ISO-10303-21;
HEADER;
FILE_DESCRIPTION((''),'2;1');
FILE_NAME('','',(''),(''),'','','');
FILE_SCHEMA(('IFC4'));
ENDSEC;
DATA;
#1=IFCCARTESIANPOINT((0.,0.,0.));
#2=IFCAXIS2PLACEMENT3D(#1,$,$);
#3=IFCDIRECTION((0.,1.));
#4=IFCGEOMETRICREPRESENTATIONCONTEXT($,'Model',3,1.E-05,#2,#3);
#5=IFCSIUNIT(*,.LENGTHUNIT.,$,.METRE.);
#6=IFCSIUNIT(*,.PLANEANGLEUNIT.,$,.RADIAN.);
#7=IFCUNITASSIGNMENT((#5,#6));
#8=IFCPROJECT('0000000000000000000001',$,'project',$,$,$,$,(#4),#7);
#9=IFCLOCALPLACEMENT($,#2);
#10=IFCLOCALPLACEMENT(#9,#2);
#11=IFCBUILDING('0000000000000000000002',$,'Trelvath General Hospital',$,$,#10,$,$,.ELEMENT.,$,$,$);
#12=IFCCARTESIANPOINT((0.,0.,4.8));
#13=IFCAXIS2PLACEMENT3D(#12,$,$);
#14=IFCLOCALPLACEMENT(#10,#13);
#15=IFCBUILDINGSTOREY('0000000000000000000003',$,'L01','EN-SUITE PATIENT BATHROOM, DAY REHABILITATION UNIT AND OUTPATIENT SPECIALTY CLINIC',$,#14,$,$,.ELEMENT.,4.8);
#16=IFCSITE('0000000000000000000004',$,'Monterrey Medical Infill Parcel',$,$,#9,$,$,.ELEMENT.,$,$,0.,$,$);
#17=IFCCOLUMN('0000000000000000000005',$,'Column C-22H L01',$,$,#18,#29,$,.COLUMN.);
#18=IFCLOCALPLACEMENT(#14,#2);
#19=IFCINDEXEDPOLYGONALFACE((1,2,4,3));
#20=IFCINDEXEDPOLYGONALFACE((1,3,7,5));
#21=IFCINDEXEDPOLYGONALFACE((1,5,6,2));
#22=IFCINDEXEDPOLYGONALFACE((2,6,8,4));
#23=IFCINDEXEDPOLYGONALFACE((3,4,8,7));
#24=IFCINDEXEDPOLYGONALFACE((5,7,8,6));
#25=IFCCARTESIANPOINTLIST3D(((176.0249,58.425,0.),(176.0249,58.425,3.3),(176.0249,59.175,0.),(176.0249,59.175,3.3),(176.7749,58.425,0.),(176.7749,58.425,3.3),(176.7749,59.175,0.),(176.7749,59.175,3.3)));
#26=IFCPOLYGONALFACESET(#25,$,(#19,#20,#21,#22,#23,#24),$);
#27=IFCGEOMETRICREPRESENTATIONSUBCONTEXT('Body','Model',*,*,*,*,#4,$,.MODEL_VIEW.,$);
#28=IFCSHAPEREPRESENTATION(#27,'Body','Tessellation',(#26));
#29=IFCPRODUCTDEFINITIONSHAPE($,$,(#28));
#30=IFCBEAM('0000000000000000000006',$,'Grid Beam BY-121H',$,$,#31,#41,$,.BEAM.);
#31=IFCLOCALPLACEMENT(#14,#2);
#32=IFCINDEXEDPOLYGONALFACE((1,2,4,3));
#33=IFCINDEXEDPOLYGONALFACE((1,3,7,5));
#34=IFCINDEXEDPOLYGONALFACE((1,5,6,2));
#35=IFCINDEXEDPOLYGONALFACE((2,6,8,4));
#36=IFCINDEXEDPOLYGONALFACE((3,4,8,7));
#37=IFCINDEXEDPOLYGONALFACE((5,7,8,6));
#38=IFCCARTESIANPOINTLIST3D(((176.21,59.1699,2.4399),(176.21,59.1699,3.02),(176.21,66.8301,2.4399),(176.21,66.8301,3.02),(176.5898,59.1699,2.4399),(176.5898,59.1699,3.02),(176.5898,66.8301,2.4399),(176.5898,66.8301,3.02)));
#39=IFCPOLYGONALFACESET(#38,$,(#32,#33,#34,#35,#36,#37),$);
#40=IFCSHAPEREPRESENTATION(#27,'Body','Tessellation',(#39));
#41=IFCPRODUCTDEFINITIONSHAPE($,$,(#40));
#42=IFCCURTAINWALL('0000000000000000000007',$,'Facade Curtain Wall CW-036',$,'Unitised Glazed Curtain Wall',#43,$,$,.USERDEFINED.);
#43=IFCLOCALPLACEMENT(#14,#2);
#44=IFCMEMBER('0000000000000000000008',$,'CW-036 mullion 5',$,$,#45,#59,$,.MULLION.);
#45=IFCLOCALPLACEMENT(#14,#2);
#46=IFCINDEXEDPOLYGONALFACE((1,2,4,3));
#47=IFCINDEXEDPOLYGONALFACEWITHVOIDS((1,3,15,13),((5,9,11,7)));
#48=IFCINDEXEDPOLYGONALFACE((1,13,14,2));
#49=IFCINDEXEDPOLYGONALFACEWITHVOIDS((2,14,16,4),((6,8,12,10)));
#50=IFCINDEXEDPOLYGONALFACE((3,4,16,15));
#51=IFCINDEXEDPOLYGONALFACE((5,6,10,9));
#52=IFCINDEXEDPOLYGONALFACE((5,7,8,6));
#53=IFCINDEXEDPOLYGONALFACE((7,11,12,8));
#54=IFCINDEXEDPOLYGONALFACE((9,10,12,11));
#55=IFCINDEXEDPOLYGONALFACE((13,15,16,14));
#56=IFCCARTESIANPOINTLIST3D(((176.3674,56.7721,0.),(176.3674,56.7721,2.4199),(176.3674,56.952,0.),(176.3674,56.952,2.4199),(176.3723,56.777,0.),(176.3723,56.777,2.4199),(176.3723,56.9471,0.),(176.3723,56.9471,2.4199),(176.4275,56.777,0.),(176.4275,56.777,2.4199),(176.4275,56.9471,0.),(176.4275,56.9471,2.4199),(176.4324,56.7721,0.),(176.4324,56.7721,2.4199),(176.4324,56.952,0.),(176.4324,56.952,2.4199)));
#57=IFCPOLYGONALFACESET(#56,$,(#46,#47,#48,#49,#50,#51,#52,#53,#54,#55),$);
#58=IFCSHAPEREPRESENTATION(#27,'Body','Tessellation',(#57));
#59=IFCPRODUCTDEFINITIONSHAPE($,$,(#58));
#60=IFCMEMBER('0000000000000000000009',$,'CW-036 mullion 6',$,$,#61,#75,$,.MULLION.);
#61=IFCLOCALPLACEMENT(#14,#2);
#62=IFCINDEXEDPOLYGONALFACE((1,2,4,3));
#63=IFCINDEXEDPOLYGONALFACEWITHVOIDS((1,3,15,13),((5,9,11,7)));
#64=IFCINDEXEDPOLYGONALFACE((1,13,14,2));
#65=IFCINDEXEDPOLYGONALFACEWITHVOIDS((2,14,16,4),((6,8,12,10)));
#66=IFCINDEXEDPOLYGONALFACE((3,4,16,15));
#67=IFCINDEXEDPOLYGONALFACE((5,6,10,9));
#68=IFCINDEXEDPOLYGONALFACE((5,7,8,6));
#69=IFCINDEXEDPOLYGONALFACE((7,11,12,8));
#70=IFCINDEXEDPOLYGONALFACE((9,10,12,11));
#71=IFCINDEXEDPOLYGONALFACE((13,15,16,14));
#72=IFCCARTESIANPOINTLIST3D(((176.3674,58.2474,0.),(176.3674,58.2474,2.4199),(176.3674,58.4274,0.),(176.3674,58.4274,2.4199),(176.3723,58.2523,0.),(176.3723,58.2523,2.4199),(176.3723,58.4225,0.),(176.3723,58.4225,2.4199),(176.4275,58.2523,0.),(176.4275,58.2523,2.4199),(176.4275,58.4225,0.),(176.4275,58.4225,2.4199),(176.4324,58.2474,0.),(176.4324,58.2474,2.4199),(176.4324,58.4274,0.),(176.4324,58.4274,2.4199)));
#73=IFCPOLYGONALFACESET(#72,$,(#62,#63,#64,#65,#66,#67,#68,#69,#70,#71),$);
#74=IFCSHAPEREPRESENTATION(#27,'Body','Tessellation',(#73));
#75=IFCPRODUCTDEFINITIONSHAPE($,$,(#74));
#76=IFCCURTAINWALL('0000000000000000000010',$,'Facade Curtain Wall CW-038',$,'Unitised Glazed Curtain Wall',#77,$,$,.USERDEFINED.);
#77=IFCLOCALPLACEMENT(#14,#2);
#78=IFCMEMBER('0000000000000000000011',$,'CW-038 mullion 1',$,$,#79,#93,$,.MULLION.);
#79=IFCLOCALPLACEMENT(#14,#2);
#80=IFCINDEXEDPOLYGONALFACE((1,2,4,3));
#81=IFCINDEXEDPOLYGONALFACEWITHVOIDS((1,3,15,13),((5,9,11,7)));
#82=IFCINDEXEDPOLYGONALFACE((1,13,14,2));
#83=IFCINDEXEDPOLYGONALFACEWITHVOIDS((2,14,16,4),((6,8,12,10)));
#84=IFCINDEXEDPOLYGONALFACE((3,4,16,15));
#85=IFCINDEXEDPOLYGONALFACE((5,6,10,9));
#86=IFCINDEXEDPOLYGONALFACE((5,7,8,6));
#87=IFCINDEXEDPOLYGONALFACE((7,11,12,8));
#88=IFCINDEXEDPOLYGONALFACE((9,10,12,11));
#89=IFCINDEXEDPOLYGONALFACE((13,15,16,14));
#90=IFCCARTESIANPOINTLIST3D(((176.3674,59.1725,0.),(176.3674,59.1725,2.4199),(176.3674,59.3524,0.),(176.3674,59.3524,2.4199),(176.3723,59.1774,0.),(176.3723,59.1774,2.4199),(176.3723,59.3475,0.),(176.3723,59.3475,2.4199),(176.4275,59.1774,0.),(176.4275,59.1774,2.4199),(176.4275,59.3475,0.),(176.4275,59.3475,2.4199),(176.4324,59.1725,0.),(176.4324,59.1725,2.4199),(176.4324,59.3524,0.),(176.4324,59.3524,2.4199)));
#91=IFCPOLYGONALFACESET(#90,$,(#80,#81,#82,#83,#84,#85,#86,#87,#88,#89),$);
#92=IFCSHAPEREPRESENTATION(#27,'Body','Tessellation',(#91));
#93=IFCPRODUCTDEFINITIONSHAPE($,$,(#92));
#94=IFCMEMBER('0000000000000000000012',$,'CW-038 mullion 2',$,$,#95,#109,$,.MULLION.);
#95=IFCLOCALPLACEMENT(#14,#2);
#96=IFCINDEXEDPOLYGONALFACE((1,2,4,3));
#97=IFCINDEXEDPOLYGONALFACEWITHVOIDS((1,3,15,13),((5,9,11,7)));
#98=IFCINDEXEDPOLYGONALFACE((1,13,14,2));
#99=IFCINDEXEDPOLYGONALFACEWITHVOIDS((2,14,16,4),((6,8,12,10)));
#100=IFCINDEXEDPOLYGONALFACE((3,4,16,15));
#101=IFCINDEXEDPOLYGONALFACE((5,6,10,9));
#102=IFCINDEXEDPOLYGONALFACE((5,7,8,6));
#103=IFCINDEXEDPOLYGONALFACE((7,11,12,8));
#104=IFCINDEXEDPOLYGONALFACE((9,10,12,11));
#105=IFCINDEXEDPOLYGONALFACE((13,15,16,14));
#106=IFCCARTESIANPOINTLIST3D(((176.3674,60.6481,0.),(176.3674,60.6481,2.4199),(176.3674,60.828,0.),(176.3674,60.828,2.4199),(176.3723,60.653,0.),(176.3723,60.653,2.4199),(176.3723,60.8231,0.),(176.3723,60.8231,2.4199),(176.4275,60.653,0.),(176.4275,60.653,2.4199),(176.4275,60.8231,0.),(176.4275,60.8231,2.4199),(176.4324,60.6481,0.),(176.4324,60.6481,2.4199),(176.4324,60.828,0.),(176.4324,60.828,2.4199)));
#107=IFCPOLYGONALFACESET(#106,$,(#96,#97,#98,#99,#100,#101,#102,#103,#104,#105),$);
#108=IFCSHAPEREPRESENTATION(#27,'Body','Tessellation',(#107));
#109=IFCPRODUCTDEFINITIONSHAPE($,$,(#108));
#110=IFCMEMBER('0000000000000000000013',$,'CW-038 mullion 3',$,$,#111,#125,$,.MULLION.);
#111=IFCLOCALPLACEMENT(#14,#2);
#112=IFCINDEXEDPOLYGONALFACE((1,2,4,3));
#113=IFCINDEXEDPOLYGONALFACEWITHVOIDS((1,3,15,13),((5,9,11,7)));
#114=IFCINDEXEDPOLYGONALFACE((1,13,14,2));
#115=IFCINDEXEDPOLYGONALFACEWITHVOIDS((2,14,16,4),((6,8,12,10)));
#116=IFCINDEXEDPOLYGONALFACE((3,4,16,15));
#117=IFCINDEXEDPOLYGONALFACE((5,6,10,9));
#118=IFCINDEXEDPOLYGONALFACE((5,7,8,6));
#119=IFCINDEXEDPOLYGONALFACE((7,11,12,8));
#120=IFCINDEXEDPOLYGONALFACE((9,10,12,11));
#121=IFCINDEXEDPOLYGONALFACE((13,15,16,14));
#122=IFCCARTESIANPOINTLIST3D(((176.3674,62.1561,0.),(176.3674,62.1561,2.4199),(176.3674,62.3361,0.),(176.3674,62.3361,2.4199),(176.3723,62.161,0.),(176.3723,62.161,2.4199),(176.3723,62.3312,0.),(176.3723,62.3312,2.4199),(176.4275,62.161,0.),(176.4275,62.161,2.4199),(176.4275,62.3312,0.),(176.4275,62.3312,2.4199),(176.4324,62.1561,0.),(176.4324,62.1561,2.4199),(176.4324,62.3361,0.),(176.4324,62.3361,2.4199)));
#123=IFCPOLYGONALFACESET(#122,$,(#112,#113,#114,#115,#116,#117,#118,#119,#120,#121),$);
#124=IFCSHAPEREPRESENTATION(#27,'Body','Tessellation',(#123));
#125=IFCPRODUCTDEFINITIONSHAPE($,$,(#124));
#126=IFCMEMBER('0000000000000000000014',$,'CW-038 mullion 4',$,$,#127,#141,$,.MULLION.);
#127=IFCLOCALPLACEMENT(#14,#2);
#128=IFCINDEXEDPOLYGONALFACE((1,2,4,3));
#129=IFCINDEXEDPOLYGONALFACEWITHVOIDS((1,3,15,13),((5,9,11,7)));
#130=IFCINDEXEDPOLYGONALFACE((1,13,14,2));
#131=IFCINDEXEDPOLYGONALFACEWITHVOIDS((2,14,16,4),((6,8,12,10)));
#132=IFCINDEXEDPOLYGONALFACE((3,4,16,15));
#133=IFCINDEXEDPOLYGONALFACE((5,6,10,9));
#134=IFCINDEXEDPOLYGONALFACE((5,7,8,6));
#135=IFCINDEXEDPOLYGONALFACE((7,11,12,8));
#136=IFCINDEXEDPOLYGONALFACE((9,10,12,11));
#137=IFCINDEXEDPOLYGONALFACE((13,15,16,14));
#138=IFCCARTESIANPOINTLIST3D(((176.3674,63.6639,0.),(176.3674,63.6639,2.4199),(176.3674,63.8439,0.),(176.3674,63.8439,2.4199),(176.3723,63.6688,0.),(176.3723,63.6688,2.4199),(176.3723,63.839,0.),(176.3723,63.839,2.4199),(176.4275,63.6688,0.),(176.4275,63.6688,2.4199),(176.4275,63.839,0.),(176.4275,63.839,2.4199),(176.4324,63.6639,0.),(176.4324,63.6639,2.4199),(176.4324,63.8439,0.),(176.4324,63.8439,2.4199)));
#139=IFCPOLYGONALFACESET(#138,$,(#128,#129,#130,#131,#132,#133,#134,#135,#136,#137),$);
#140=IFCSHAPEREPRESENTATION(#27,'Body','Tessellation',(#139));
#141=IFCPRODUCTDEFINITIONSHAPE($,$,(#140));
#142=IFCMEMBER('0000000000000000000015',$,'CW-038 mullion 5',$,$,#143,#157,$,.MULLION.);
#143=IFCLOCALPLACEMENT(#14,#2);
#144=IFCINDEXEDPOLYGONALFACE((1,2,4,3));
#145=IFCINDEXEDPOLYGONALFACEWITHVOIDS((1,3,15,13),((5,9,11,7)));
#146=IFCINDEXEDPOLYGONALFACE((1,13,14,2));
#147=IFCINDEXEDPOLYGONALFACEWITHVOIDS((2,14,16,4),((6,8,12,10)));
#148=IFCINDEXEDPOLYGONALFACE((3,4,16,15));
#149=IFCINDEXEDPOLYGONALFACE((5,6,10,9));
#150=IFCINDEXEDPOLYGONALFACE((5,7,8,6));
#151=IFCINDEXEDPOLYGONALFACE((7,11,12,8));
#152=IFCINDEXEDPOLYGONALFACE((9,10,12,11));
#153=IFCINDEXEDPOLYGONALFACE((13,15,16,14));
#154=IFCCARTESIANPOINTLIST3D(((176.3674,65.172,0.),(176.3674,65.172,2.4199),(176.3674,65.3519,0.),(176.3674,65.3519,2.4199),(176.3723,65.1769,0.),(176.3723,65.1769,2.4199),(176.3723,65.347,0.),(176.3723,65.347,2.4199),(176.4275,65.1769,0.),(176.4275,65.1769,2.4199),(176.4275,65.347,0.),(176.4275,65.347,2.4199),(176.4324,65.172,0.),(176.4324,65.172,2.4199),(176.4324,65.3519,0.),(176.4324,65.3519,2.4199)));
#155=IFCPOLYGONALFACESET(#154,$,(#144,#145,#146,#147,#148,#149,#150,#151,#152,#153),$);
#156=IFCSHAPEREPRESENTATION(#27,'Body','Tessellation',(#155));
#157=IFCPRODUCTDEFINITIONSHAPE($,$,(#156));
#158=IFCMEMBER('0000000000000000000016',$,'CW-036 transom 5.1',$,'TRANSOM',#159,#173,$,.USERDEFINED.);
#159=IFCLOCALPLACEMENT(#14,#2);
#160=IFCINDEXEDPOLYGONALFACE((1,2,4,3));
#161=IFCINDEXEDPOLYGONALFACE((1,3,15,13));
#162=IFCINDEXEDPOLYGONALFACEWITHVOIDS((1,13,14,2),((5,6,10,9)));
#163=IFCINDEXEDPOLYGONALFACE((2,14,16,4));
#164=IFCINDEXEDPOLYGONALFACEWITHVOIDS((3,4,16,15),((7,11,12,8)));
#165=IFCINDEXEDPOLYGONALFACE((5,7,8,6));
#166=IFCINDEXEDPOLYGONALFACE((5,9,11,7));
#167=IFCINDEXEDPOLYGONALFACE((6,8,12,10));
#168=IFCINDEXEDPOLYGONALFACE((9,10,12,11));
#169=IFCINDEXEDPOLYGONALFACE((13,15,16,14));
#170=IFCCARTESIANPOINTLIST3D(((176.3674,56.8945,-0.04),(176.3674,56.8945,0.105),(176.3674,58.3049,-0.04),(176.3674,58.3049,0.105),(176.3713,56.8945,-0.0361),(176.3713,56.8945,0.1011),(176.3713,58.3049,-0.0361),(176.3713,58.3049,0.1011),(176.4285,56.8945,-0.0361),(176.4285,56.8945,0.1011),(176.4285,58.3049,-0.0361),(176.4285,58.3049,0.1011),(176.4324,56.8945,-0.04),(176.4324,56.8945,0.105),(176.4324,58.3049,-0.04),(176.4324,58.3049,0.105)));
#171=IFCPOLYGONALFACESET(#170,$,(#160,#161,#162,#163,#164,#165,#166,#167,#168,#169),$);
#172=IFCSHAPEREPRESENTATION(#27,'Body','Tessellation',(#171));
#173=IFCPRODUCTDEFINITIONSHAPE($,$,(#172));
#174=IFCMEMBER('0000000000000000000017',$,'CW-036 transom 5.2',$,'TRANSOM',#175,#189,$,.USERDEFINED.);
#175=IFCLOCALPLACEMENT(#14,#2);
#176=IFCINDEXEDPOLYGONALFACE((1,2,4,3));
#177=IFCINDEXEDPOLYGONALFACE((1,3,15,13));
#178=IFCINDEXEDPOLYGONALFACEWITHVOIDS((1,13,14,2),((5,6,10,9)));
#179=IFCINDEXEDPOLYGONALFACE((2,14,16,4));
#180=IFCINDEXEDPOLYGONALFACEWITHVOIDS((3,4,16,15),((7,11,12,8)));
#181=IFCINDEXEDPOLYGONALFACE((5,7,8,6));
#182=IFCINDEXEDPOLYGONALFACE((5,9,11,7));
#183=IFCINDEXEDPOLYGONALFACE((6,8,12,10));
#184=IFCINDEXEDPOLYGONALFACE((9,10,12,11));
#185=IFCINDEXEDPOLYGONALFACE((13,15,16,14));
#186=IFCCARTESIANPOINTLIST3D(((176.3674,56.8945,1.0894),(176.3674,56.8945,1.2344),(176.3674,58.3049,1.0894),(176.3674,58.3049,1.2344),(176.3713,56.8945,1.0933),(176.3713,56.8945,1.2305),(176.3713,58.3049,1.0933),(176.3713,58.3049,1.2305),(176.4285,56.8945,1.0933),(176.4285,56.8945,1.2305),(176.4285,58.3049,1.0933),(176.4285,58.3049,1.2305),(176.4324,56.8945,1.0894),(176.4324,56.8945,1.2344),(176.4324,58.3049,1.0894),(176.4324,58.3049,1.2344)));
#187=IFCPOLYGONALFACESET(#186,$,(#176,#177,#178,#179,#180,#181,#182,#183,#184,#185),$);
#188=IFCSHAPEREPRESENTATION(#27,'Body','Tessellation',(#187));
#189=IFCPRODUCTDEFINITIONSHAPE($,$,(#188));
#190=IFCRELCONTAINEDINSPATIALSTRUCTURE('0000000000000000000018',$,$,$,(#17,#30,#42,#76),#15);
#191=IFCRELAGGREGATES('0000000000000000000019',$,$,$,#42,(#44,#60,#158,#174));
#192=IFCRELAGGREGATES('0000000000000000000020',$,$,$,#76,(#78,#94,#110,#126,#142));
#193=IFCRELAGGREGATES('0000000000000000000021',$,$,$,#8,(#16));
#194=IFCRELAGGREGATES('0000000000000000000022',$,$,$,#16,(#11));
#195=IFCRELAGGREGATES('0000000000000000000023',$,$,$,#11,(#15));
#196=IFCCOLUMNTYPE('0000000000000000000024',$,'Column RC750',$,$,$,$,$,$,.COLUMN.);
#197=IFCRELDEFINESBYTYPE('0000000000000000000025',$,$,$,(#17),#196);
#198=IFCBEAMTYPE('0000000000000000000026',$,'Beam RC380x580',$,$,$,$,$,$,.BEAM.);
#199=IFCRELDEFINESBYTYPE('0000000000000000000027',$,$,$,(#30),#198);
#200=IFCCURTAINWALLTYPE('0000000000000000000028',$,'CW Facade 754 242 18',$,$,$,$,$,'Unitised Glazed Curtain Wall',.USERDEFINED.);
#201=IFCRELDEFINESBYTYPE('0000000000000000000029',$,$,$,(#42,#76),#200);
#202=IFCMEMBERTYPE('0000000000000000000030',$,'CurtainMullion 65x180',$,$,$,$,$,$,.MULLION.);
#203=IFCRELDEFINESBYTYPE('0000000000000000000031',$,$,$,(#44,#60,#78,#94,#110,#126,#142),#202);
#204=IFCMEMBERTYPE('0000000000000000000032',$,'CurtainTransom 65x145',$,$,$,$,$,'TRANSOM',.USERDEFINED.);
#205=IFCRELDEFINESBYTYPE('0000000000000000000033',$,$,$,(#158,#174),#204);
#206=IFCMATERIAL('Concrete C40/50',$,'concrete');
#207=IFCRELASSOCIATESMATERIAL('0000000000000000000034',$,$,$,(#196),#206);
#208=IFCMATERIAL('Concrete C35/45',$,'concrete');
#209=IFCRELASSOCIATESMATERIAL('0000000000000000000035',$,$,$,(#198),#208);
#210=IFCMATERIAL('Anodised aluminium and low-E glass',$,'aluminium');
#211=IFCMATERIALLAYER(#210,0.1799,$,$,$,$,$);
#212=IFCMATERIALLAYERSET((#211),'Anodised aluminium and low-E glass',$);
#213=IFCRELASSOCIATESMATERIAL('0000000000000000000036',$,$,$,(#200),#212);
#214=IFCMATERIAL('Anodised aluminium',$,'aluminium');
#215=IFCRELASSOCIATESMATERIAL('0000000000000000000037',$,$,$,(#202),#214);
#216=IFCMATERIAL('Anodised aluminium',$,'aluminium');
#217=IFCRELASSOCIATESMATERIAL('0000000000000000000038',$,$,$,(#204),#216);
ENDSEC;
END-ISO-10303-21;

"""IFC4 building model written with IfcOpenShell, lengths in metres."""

from ifc_helpers import new_model, si_unit, direction, frame, origin, origin_2d, place, context, subcontext, project, spatial, rectangle, hollow_rectangle, extrude, material, layer, layer_set, material_profile, profile_set, type_object, element, aggregate, save


model = new_model("IFC4")

# Units and contexts
model_context = context("Model", 3, precision=1e-05, world=origin(), true_north=direction((0.0, 1.0)))
body_context = subcontext(model_context, "Body", "Model", "MODEL_VIEW")
ifc_project = project(units=[si_unit("LENGTHUNIT", "METRE"), si_unit("PLANEANGLEUNIT", "RADIAN")], contexts=[model_context])

# Site, building, storey
site_placement = place(None, origin())
site = spatial("IfcSite", under=ifc_project, at=site_placement, Name="Monterrey Medical Infill Parcel", CompositionType="ELEMENT", RefElevation=0.0)
building_placement = place(site_placement, origin())
building = spatial("IfcBuilding", under=site, at=building_placement, Name="Trelvath General Hospital", CompositionType="ELEMENT")
storey_placement = place(building_placement, frame((0.0, 0.0, 4.8)))
storey = spatial("IfcBuildingStorey", under=building, at=storey_placement, Name="L01", Description="EN-SUITE PATIENT BATHROOM, DAY REHABILITATION UNIT AND OUTPATIENT SPECIALTY CLINIC", CompositionType="ELEMENT", Elevation=4.8)

# Column
ifc_material_1 = material(Name="Concrete C40/50", Category="concrete")
ifc_material_profile_1 = material_profile(ifc_material_1, rectangle(XDim=0.75, YDim=0.75, at=origin_2d()), Name="RC750x750")
ifc_profile_set_1 = profile_set([ifc_material_profile_1], Name="Concrete C40/50")
column_type = type_object("IfcColumnType", Name="Column RC750", PredefinedType="COLUMN", material=ifc_profile_set_1)
column_placement = place(storey_placement, frame((176.3999, 58.8, 0.0), z_axis=(0.0, 0.0, 1.0), x_axis=(1.0, 0.0, 0.0)))
element("IfcColumn", 1, at=column_placement, inside=storey, type_object=column_type, Name="Column C-22H L01", PredefinedType="COLUMN", context=body_context, shape_type="SweptSolid", body=[
    extrude(rectangle(XDim=0.75, YDim=0.75, at=origin_2d()), origin(), (0.0, 0.0, 1.0), 3.3),
])

# Beam
ifc_material_2 = material(Name="Concrete C35/45", Category="concrete")
ifc_material_profile_2 = material_profile(ifc_material_2, rectangle(XDim=0.3799, YDim=0.5801, at=origin_2d()), Name="RCB380x580")
ifc_profile_set_2 = profile_set([ifc_material_profile_2], Name="Concrete C35/45")
beam_type = type_object("IfcBeamType", Name="Beam RC380x580", PredefinedType="BEAM", material=ifc_profile_set_2)
beam_placement = place(storey_placement, frame((176.3999, 59.1699, 2.73), z_axis=(0.0, 1.0, 0.0), x_axis=(-1.0, 0.0, 0.0)))
element("IfcBeam", 2, at=beam_placement, inside=storey, type_object=beam_type, Name="Grid Beam BY-121H", PredefinedType="BEAM", context=body_context, shape_type="SweptSolid", body=[
    extrude(rectangle(XDim=0.3799, YDim=0.5801, at=origin_2d()), origin(), (0.0, 0.0, 1.0), 7.6602),
])

# Curtain walls, members
ifc_material_3 = material(Name="Anodised aluminium and low-E glass", Category="aluminium")
ifc_layer_1 = layer(ifc_material_3, 0.1799)
ifc_layer_set_1 = layer_set([ifc_layer_1], Name="Anodised aluminium and low-E glass")
curtain_wall_type = type_object("IfcCurtainWallType", Name="CW Facade 754 242 18", ElementType="Unitised Glazed Curtain Wall", PredefinedType="USERDEFINED", material=ifc_layer_set_1)
curtain_wall_1_placement = place(storey_placement, origin())
curtain_wall_1 = element("IfcCurtainWall", 3, at=curtain_wall_1_placement, inside=storey, type_object=curtain_wall_type, Name="Facade Curtain Wall CW-036", ObjectType="Unitised Glazed Curtain Wall", PredefinedType="USERDEFINED")
ifc_material_4 = material(Name="Anodised aluminium", Category="aluminium")
ifc_material_profile_3 = material_profile(ifc_material_4, hollow_rectangle(XDim=0.0649, YDim=0.1799, WallThickness=0.0049, at=origin_2d()), Name="RHS65x180x5")
ifc_profile_set_3 = profile_set([ifc_material_profile_3], Name="Anodised aluminium")
member_type_1 = type_object("IfcMemberType", Name="CurtainMullion 65x180", PredefinedType="MULLION", material=ifc_profile_set_3)
member_1_placement = place(storey_placement, frame((176.3999, 56.8621, 0.0), z_axis=(0.0, 0.0, 1.0), x_axis=(-1.0, 0.0, 0.0)))
member_1 = element("IfcMember", 4, at=member_1_placement, type_object=member_type_1, Name="CW-036 mullion 5", PredefinedType="MULLION", context=body_context, shape_type="SweptSolid", body=[
    extrude(hollow_rectangle(XDim=0.0649, YDim=0.1799, WallThickness=0.0049, at=origin_2d()), origin(), (0.0, 0.0, 1.0), 2.4199),
])
member_2_placement = place(storey_placement, frame((176.3999, 58.3374, 0.0), z_axis=(0.0, 0.0, 1.0), x_axis=(-1.0, 0.0, 0.0)))
member_2 = element("IfcMember", 5, at=member_2_placement, type_object=member_type_1, Name="CW-036 mullion 6", PredefinedType="MULLION", context=body_context, shape_type="SweptSolid", body=[
    extrude(hollow_rectangle(XDim=0.0649, YDim=0.1799, WallThickness=0.0049, at=origin_2d()), origin(), (0.0, 0.0, 1.0), 2.4199),
])
curtain_wall_2_placement = place(storey_placement, origin())
curtain_wall_2 = element("IfcCurtainWall", 6, at=curtain_wall_2_placement, inside=storey, type_object=curtain_wall_type, Name="Facade Curtain Wall CW-038", ObjectType="Unitised Glazed Curtain Wall", PredefinedType="USERDEFINED")
member_3_placement = place(storey_placement, frame((176.3999, 59.2625, 0.0), z_axis=(0.0, 0.0, 1.0), x_axis=(-1.0, 0.0, 0.0)))
member_3 = element("IfcMember", 7, at=member_3_placement, type_object=member_type_1, Name="CW-038 mullion 1", PredefinedType="MULLION", context=body_context, shape_type="SweptSolid", body=[
    extrude(hollow_rectangle(XDim=0.0649, YDim=0.1799, WallThickness=0.0049, at=origin_2d()), origin(), (0.0, 0.0, 1.0), 2.4199),
])
member_4_placement = place(storey_placement, frame((176.3999, 60.738, 0.0), z_axis=(0.0, 0.0, 1.0), x_axis=(-1.0, 0.0, 0.0)))
member_4 = element("IfcMember", 8, at=member_4_placement, type_object=member_type_1, Name="CW-038 mullion 2", PredefinedType="MULLION", context=body_context, shape_type="SweptSolid", body=[
    extrude(hollow_rectangle(XDim=0.0649, YDim=0.1799, WallThickness=0.0049, at=origin_2d()), origin(), (0.0, 0.0, 1.0), 2.4199),
])
member_5_placement = place(storey_placement, frame((176.3999, 62.2461, 0.0), z_axis=(0.0, 0.0, 1.0), x_axis=(-1.0, 0.0, 0.0)))
member_5 = element("IfcMember", 9, at=member_5_placement, type_object=member_type_1, Name="CW-038 mullion 3", PredefinedType="MULLION", context=body_context, shape_type="SweptSolid", body=[
    extrude(hollow_rectangle(XDim=0.0649, YDim=0.1799, WallThickness=0.0049, at=origin_2d()), origin(), (0.0, 0.0, 1.0), 2.4199),
])
member_6_placement = place(storey_placement, frame((176.3999, 63.7539, 0.0), z_axis=(0.0, 0.0, 1.0), x_axis=(-1.0, 0.0, 0.0)))
member_6 = element("IfcMember", 10, at=member_6_placement, type_object=member_type_1, Name="CW-038 mullion 4", PredefinedType="MULLION", context=body_context, shape_type="SweptSolid", body=[
    extrude(hollow_rectangle(XDim=0.0649, YDim=0.1799, WallThickness=0.0049, at=origin_2d()), origin(), (0.0, 0.0, 1.0), 2.4199),
])
member_7_placement = place(storey_placement, frame((176.3999, 65.262, 0.0), z_axis=(0.0, 0.0, 1.0), x_axis=(-1.0, 0.0, 0.0)))
member_7 = element("IfcMember", 11, at=member_7_placement, type_object=member_type_1, Name="CW-038 mullion 5", PredefinedType="MULLION", context=body_context, shape_type="SweptSolid", body=[
    extrude(hollow_rectangle(XDim=0.0649, YDim=0.1799, WallThickness=0.0049, at=origin_2d()), origin(), (0.0, 0.0, 1.0), 2.4199),
])

# Members
ifc_material_5 = material(Name="Anodised aluminium", Category="aluminium")
ifc_material_profile_4 = material_profile(ifc_material_5, hollow_rectangle(XDim=0.0649, YDim=0.145, WallThickness=0.0039, at=origin_2d()), Name="RHS65x145x4")
ifc_profile_set_4 = profile_set([ifc_material_profile_4], Name="Anodised aluminium")
member_type_2 = type_object("IfcMemberType", Name="CurtainTransom 65x145", ElementType="TRANSOM", PredefinedType="USERDEFINED", material=ifc_profile_set_4)
member_8_placement = place(storey_placement, frame((176.3999, 56.8945, 0.0325), z_axis=(0.0, 1.0, 0.0), x_axis=(-1.0, 0.0, 0.0)))
member_8 = element("IfcMember", 12, at=member_8_placement, type_object=member_type_2, Name="CW-036 transom 5.1", ObjectType="TRANSOM", PredefinedType="USERDEFINED", context=body_context, shape_type="SweptSolid", body=[
    extrude(hollow_rectangle(XDim=0.0649, YDim=0.145, WallThickness=0.0039, at=origin_2d()), origin(), (0.0, 0.0, 1.0), 1.4104),
])
member_9_placement = place(storey_placement, frame((176.3999, 56.8945, 1.1619), z_axis=(0.0, 1.0, 0.0), x_axis=(-1.0, 0.0, 0.0)))
member_9 = element("IfcMember", 13, at=member_9_placement, type_object=member_type_2, Name="CW-036 transom 5.2", ObjectType="TRANSOM", PredefinedType="USERDEFINED", context=body_context, shape_type="SweptSolid", body=[
    extrude(hollow_rectangle(XDim=0.0649, YDim=0.145, WallThickness=0.0039, at=origin_2d()), origin(), (0.0, 0.0, 1.0), 1.4104),
])

aggregate(curtain_wall_1, [member_1, member_2, member_8, member_9])
aggregate(curtain_wall_2, [member_3, member_4, member_5, member_6, member_7])

save(model, "model.ifc")
